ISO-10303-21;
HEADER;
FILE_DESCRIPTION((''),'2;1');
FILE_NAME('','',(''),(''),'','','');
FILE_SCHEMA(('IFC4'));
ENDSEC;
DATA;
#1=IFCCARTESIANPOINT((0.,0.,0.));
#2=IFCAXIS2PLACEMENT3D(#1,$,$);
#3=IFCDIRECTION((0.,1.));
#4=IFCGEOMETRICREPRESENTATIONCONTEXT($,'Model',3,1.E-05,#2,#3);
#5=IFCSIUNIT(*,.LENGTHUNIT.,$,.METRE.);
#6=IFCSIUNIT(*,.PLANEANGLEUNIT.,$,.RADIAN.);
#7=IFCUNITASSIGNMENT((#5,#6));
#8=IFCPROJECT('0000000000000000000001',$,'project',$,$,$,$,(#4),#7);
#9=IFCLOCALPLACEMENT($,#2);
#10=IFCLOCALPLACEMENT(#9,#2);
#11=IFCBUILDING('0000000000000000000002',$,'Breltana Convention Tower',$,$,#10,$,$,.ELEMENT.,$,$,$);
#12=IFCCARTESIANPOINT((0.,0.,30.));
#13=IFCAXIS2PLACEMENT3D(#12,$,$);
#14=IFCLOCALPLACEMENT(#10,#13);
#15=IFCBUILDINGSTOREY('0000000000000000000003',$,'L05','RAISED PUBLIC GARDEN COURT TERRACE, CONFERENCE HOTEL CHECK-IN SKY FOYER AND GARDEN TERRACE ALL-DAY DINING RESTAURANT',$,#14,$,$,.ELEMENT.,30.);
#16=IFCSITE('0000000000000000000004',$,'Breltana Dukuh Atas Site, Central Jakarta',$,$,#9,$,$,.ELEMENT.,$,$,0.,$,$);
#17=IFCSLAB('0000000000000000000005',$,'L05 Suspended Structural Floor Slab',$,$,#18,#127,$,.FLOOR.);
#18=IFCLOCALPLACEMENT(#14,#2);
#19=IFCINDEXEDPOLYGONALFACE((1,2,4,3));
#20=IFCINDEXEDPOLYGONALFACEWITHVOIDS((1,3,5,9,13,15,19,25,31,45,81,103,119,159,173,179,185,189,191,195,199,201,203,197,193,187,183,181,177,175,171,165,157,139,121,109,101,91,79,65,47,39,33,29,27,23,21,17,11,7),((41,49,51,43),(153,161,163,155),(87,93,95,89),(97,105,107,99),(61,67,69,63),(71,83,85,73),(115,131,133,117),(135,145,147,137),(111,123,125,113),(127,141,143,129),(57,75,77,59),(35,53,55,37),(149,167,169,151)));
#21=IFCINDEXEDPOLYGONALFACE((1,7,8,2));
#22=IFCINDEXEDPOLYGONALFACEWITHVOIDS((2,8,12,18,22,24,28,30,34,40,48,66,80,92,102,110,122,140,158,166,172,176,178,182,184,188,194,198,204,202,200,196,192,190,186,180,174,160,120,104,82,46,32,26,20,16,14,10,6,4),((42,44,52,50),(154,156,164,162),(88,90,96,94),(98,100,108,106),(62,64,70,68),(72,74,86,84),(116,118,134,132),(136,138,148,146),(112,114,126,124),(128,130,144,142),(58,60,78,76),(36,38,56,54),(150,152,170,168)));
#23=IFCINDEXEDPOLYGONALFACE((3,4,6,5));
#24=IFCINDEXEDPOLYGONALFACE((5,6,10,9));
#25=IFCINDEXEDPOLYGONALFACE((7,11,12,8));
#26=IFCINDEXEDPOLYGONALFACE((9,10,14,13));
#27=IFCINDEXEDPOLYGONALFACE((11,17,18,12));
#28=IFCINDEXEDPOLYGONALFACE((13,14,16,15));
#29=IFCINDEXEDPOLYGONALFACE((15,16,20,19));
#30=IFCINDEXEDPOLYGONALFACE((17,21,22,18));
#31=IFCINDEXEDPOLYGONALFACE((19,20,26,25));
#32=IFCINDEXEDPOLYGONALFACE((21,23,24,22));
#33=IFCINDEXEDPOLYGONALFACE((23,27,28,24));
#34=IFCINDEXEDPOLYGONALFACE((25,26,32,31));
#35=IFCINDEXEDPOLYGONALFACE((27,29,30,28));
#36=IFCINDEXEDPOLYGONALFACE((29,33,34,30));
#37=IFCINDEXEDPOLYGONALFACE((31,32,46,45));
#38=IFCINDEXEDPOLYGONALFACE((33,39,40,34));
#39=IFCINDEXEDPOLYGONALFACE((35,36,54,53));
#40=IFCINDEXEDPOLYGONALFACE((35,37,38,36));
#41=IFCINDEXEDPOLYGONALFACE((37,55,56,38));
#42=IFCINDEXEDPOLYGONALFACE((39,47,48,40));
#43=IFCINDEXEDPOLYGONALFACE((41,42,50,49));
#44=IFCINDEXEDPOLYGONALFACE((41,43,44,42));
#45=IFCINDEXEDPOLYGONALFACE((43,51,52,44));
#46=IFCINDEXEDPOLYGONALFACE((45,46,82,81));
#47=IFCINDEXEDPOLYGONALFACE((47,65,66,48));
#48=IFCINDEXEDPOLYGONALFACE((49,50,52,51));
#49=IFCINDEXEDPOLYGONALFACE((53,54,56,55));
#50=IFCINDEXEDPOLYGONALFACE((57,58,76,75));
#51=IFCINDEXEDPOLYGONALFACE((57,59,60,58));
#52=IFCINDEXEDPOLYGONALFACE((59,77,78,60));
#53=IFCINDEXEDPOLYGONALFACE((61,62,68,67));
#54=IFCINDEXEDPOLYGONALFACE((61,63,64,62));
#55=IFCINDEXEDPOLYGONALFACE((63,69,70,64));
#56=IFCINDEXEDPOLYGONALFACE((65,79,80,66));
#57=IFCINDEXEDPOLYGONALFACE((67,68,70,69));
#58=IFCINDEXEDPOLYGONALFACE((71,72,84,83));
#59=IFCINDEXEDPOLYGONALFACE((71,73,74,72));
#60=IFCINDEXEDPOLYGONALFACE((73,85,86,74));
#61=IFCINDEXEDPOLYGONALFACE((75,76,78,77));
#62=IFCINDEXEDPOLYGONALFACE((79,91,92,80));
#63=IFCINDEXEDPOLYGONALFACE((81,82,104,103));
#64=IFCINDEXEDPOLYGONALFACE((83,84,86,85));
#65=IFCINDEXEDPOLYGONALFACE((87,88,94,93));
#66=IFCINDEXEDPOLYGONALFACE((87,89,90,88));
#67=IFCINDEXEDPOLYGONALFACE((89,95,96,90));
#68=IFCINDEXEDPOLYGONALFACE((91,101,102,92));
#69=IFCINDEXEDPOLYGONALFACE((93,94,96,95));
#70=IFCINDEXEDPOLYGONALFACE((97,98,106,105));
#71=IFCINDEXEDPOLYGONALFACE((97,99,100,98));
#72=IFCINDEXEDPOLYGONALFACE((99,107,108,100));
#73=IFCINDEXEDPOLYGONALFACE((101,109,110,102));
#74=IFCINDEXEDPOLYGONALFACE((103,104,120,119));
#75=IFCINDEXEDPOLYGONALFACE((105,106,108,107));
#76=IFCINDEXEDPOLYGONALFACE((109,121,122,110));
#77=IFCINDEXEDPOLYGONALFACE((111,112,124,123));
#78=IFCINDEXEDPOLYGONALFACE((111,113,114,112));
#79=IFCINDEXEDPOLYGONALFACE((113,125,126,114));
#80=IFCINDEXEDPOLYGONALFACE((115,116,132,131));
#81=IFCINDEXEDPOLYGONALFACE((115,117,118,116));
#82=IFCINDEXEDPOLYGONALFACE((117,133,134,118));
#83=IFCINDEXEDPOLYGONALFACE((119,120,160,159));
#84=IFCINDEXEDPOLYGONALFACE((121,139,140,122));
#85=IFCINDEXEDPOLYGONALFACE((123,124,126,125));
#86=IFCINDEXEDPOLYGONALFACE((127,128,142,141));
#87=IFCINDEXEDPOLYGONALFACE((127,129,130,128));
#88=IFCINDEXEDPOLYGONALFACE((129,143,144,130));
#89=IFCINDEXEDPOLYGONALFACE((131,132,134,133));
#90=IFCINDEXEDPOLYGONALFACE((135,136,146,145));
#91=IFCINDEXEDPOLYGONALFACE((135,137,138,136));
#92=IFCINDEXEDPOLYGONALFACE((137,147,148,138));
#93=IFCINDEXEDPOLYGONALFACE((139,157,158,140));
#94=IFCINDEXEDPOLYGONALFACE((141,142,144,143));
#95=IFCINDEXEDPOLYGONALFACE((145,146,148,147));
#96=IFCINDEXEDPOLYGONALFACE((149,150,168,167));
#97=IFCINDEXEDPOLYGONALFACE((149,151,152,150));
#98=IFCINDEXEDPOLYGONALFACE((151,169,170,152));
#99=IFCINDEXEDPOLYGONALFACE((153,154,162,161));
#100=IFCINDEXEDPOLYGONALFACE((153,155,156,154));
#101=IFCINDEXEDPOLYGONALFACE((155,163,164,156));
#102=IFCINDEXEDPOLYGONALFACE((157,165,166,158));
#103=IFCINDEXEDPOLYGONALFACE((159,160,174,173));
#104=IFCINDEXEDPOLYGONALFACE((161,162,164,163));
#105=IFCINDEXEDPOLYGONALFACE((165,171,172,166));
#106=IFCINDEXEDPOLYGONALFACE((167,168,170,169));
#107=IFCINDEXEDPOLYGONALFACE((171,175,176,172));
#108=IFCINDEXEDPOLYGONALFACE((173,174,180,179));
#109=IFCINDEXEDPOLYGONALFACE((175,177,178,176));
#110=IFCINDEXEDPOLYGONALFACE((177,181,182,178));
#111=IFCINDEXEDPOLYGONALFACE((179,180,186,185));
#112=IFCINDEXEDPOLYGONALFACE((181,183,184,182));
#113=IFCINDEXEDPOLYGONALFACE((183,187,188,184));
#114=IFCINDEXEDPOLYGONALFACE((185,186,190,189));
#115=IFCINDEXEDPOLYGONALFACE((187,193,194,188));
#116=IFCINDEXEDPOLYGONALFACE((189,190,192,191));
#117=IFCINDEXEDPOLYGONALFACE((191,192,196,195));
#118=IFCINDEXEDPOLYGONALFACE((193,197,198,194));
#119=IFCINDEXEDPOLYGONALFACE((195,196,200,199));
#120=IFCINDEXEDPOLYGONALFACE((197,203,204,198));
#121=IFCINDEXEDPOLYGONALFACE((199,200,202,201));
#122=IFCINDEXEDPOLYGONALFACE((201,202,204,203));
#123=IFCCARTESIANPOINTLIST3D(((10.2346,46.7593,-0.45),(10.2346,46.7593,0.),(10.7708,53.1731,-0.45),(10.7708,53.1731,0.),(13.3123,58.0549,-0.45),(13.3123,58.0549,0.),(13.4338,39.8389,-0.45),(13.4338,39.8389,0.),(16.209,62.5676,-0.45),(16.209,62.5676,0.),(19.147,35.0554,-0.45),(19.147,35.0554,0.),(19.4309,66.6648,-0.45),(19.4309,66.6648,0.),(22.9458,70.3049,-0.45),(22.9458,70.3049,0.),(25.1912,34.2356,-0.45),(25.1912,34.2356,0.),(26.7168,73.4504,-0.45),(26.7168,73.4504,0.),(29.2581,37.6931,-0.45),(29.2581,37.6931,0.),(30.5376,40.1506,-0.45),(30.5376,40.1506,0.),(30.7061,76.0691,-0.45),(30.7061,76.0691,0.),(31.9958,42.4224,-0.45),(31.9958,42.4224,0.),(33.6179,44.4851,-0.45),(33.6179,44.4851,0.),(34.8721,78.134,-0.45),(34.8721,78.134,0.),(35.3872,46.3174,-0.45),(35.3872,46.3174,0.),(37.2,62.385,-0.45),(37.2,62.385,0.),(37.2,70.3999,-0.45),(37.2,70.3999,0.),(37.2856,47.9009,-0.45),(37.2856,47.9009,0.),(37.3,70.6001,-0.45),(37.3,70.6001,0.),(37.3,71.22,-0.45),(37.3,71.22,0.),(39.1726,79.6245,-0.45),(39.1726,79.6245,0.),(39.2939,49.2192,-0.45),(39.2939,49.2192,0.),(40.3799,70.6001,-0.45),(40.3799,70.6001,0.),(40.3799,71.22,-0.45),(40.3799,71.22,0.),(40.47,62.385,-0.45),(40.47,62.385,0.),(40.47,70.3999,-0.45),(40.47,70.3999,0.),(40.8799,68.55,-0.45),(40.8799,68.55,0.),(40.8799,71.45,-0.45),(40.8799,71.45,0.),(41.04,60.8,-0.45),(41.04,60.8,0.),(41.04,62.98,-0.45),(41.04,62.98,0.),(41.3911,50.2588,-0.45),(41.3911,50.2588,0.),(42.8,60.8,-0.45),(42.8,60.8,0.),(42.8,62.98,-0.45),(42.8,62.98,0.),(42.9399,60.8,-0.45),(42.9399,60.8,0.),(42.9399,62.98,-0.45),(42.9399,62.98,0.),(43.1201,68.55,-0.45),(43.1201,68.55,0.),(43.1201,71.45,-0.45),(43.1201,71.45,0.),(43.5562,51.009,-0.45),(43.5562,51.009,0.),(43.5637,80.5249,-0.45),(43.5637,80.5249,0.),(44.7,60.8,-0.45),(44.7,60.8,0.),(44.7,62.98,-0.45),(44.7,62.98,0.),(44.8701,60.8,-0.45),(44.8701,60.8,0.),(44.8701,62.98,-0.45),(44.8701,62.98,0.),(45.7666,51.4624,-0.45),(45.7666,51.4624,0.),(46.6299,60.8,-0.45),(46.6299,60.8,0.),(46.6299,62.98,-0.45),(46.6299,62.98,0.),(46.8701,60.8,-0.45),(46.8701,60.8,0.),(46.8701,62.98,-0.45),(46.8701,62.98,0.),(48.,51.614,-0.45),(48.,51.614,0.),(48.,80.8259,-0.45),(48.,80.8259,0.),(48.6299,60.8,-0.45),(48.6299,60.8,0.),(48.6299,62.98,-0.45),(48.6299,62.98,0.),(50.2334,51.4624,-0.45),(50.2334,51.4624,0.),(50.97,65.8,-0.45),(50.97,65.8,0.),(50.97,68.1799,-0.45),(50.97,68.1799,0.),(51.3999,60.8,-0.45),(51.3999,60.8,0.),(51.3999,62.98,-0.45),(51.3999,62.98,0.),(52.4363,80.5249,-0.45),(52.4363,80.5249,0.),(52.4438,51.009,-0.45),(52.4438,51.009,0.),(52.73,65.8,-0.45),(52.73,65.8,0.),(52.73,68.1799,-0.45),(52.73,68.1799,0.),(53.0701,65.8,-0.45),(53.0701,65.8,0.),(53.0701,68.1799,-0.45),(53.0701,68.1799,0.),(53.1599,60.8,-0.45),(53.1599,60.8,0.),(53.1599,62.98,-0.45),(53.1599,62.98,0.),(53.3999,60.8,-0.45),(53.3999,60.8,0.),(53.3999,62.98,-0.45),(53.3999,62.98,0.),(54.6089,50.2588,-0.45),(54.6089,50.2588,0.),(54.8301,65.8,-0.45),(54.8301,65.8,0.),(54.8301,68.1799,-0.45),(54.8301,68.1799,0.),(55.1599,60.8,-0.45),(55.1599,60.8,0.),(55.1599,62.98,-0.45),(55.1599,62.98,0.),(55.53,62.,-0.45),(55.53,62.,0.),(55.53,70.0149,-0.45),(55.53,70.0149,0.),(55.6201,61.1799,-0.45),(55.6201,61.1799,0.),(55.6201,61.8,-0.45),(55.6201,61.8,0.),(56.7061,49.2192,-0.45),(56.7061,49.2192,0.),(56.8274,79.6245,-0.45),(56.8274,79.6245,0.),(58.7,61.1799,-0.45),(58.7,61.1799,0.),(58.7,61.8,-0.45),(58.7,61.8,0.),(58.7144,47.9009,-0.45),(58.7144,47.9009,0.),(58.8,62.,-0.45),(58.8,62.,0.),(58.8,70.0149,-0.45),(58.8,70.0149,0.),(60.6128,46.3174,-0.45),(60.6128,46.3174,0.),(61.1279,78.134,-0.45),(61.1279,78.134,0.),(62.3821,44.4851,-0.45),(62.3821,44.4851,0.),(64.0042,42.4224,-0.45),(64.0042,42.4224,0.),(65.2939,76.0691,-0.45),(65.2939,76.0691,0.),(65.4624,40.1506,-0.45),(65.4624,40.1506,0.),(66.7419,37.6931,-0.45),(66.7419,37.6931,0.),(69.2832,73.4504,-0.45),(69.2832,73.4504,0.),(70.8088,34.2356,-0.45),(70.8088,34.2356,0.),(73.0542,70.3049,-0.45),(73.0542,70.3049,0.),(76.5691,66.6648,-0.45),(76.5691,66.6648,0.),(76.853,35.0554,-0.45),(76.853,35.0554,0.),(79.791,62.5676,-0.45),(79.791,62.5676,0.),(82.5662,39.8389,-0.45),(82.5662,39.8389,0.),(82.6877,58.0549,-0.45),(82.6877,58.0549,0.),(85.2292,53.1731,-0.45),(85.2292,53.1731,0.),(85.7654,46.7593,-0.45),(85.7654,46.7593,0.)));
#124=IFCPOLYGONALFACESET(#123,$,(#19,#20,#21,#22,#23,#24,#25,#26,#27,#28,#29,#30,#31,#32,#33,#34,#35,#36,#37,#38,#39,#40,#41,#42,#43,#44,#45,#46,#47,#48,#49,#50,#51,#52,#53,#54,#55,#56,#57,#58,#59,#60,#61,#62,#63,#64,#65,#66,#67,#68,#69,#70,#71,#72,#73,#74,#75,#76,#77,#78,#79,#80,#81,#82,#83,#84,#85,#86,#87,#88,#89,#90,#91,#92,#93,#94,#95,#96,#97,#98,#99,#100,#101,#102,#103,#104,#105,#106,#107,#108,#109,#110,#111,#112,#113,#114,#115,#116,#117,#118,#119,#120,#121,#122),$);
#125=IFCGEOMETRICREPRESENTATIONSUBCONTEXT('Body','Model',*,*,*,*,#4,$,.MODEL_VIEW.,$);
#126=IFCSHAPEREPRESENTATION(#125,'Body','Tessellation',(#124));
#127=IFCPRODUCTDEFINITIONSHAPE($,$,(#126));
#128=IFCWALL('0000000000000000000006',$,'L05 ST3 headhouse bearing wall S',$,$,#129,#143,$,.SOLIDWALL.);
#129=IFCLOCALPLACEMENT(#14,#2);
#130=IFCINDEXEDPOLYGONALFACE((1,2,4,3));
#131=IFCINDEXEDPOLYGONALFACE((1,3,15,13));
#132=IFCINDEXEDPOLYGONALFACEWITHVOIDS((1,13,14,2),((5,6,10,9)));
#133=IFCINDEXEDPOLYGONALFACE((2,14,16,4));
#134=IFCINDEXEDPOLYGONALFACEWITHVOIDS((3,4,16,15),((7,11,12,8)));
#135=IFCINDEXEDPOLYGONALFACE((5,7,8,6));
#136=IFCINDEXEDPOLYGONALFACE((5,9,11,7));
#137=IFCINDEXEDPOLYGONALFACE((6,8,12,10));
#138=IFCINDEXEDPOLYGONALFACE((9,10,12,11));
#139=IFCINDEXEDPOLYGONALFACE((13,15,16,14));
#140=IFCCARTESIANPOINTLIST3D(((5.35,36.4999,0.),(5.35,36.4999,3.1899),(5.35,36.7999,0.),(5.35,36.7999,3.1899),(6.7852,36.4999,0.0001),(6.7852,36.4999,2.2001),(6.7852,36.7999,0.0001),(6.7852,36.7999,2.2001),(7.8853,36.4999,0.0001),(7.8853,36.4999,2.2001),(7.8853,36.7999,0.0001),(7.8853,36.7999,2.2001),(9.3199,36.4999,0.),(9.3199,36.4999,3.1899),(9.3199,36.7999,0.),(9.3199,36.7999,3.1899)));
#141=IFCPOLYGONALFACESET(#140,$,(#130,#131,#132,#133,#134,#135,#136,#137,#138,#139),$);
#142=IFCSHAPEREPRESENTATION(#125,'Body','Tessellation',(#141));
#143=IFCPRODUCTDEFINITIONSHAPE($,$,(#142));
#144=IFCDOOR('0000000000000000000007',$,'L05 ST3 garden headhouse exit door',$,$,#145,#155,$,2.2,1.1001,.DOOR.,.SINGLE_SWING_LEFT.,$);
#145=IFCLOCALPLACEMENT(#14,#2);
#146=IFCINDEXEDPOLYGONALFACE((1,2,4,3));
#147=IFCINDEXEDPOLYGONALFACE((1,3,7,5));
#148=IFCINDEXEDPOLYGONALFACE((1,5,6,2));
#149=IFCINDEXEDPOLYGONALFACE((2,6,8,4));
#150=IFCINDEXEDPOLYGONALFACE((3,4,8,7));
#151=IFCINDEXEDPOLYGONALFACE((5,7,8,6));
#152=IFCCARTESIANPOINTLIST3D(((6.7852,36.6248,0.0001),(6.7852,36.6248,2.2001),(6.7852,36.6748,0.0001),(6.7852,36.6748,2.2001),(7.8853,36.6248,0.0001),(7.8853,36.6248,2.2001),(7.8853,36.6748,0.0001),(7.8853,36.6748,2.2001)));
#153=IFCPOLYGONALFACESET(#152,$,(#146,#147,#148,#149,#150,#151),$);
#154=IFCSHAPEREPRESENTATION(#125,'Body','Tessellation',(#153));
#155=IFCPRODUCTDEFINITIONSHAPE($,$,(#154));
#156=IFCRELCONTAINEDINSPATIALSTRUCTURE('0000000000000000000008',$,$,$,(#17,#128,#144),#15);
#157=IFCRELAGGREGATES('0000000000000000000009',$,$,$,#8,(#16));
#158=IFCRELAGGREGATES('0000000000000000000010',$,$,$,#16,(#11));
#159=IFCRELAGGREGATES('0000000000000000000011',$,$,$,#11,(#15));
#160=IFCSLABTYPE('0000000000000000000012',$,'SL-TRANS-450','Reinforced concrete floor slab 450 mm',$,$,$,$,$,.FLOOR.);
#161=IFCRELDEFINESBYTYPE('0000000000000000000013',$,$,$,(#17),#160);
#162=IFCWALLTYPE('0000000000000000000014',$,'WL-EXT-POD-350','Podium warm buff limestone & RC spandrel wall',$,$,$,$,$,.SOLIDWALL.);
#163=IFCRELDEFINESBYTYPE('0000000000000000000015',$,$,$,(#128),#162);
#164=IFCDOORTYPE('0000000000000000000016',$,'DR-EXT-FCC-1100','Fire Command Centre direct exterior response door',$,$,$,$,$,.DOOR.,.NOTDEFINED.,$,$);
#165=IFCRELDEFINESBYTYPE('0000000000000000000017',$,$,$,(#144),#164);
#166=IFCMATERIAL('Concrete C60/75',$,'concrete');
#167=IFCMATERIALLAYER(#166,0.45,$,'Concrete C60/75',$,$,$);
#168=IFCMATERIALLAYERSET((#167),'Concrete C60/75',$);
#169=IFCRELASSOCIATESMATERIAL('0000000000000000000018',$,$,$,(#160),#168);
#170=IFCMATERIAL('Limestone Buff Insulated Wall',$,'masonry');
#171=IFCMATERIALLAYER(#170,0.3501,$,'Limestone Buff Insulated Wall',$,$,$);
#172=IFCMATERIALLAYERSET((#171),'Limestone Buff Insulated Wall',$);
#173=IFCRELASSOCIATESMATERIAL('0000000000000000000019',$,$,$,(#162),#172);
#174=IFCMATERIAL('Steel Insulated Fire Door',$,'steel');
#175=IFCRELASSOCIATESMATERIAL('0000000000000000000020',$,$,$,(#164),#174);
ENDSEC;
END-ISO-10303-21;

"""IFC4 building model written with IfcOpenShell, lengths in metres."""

from ifc_helpers import new_model, si_unit, direction, frame, frame_2d, origin, place, context, subcontext, project, spatial, polyline, rectangle, outline, extrude, source, transform, mapped, material, layer, layer_set, type_object, type_shapes, element, fill, save


model = new_model("IFC4")

# Units and contexts
model_context = context("Model", 3, precision=1e-05, world=origin(), true_north=direction((0.0, 1.0)))
body_context = subcontext(model_context, "Body", "Model", "MODEL_VIEW")
ifc_project = project(units=[si_unit("LENGTHUNIT", "METRE"), si_unit("PLANEANGLEUNIT", "RADIAN")], contexts=[model_context])

# Site, building, storey
site_placement = place(None, origin())
site = spatial("IfcSite", under=ifc_project, at=site_placement, Name="Breltana Dukuh Atas Site, Central Jakarta", CompositionType="ELEMENT", RefElevation=0.0)
building_placement = place(site_placement, origin())
building = spatial("IfcBuilding", under=site, at=building_placement, Name="Breltana Convention Tower", CompositionType="ELEMENT")
storey_placement = place(building_placement, frame((0.0, 0.0, 30.0)))
storey = spatial("IfcBuildingStorey", under=building, at=storey_placement, Name="L05", Description="RAISED PUBLIC GARDEN COURT TERRACE, CONFERENCE HOTEL CHECK-IN SKY FOYER AND GARDEN TERRACE ALL-DAY DINING RESTAURANT", CompositionType="ELEMENT", Elevation=30.0)

# Slab
ifc_material_1 = material(Name="Concrete C60/75", Category="concrete")
ifc_layer_1 = layer(ifc_material_1, 0.45, Name="Concrete C60/75")
ifc_layer_set_1 = layer_set([ifc_layer_1], Name="Concrete C60/75")
slab_type_1 = type_object("IfcSlabType", Name="SL-TRANS-450", Description="Reinforced concrete floor slab 450 mm", PredefinedType="FLOOR", material=ifc_layer_set_1)
slab_1_placement = place(storey_placement, frame((0.0, 0.0, -0.45)))
element("IfcSlab", 1, at=slab_1_placement, inside=storey, type_object=slab_type_1, Name="L05 Suspended Structural Floor Slab", PredefinedType="FLOOR", context=body_context, shape_type="SweptSolid", body=[
    extrude(outline(polyline([(85.2292, 53.1731), (82.6877, 58.0549), (79.791, 62.5676), (76.5691, 66.6648), (73.0542, 70.3049), (69.2832, 73.4504), (65.2939, 76.0691), (61.1279, 78.134), (56.8274, 79.6245), (52.4363, 80.5249), (48.0, 80.8259), (43.5637, 80.5249), (39.1726, 79.6245), (34.8721, 78.134), (30.7061, 76.0691), (26.7168, 73.4504), (22.9458, 70.3049), (19.4309, 66.6648), (16.209, 62.5676), (13.3123, 58.0549), (10.7708, 53.1731), (10.2346, 46.7593), (13.4338, 39.8389), (19.147, 35.0554), (25.1912, 34.2356), (29.2581, 37.6931), (30.5376, 40.1506), (31.9958, 42.4224), (33.6179, 44.4851), (35.3872, 46.3174), (37.2856, 47.9009), (39.2939, 49.2192), (41.3911, 50.2588), (43.5562, 51.009), (45.7666, 51.4624), (48.0, 51.614), (50.2334, 51.4624), (52.4438, 51.009), (54.6089, 50.2588), (56.7061, 49.2192), (58.7144, 47.9009), (60.6128, 46.3174), (62.3821, 44.4851), (64.0042, 42.4224), (65.4624, 40.1506), (66.7419, 37.6931), (70.8088, 34.2356), (76.853, 35.0554), (82.5662, 39.8389), (85.7654, 46.7593), (85.2292, 53.1731)]), holes=[polyline([(37.2, 62.385), (40.47, 62.385), (40.47, 70.3999), (37.2, 70.3999), (37.2, 62.385)]), polyline([(55.53, 62.0), (58.8, 62.0), (58.8, 70.0149), (55.53, 70.0149), (55.53, 62.0)]), polyline([(41.04, 60.8), (42.8, 60.8), (42.8, 62.98), (41.04, 62.98), (41.04, 60.8)]), polyline([(42.9399, 60.8), (44.7, 60.8), (44.7, 62.98), (42.9399, 62.98), (42.9399, 60.8)]), polyline([(44.8701, 60.8), (46.6299, 60.8), (46.6299, 62.98), (44.8701, 62.98), (44.8701, 60.8)]), polyline([(46.8701, 60.8), (48.6299, 60.8), (48.6299, 62.98), (46.8701, 62.98), (46.8701, 60.8)]), polyline([(51.3999, 60.8), (53.1599, 60.8), (53.1599, 62.98), (51.3999, 62.98), (51.3999, 60.8)]), polyline([(53.3999, 60.8), (55.1599, 60.8), (55.1599, 62.98), (53.3999, 62.98), (53.3999, 60.8)]), polyline([(50.97, 65.8), (52.73, 65.8), (52.73, 68.1799), (50.97, 68.1799), (50.97, 65.8)]), polyline([(53.0701, 65.8), (54.8301, 65.8), (54.8301, 68.1799), (53.0701, 68.1799), (53.0701, 65.8)]), polyline([(40.8799, 68.55), (43.1201, 68.55), (43.1201, 71.45), (40.8799, 71.45), (40.8799, 68.55)]), polyline([(37.3, 70.6001), (40.3799, 70.6001), (40.3799, 71.22), (37.3, 71.22), (37.3, 70.6001)]), polyline([(55.6201, 61.1799), (58.7, 61.1799), (58.7, 61.8), (55.6201, 61.8), (55.6201, 61.1799)])]), origin(), (0.0, 0.0, 1.0), 0.45),
])

# Wall, opening, door
ifc_material_2 = material(Name="Limestone Buff Insulated Wall", Category="masonry")
ifc_layer_2 = layer(ifc_material_2, 0.3501, Name="Limestone Buff Insulated Wall")
ifc_layer_set_2 = layer_set([ifc_layer_2], Name="Limestone Buff Insulated Wall")
wall_type = type_object("IfcWallType", Name="WL-EXT-POD-350", Description="Podium warm buff limestone & RC spandrel wall", PredefinedType="SOLIDWALL", material=ifc_layer_set_2)
shared_shape_1 = source(origin(), body_context, "Body", "SweptSolid", [
    extrude(rectangle(XDim=3.97, YDim=0.3, at=frame_2d((1.9849, 0.0))), origin(), (0.0, 0.0, 1.0), 3.1899),
])
wall_placement = place(storey_placement, frame((5.3501, 36.6499, 0.0), z_axis=(0.0, 0.0, 1.0), x_axis=(1.0, 0.0, 0.0)))
wall = element("IfcWall", 2, at=wall_placement, inside=storey, type_object=wall_type, Name="L05 ST3 headhouse bearing wall S", PredefinedType="SOLIDWALL", context=body_context, shape_type="MappedRepresentation", body=[
    mapped(shared_shape_1, transform((0.0, 0.0, 0.0), scale=1.0)),
])
opening_1_placement = place(wall_placement, frame((1.4351, 0.0, 0.0)))
opening_1 = element("IfcOpeningElement", 3, at=opening_1_placement, cuts=wall, PredefinedType="OPENING", context=body_context, shape_type="SweptSolid", body=[
    extrude(rectangle(XDim=1.1001, YDim=2.2, at=frame_2d((0.55, 1.1001))), frame((0.0, 0.1602, 0.0), z_axis=(0.0, -1.0, 0.0), x_axis=(1.0, 0.0, 0.0)), (0.0, 0.0, 1.0), 0.3201),
])
ifc_material_3 = material(Name="Steel Insulated Fire Door", Category="steel")
door_type_1 = type_object("IfcDoorType", Name="DR-EXT-FCC-1100", Description="Fire Command Centre direct exterior response door", OperationType="NOTDEFINED", PredefinedType="DOOR", material=ifc_material_3)
shared_shape_2 = source(origin(), body_context, "Body", "SweptSolid", [
    extrude(rectangle(XDim=1.1001, YDim=2.2, at=frame_2d((0.55, 1.1001))), frame((0.0, 0.0249, 0.0), z_axis=(0.0, -1.0, 0.0), x_axis=(1.0, 0.0, 0.0)), (0.0, 0.0, 1.0), 0.05),
])
type_shapes(door_type_1, [shared_shape_2])
door_1_placement = place(opening_1_placement, origin())
door_1 = element("IfcDoor", 4, at=door_1_placement, inside=storey, type_object=door_type_1, Name="L05 ST3 garden headhouse exit door", OperationType="SINGLE_SWING_LEFT", OverallHeight=2.2, OverallWidth=1.1001, PredefinedType="DOOR", context=body_context, shape_type="MappedRepresentation", body=[
    mapped(shared_shape_2, transform((0.0, 0.0, 0.0), scale=1.0)),
])
fill(opening_1, door_1)

save(model, "model.ifc")
